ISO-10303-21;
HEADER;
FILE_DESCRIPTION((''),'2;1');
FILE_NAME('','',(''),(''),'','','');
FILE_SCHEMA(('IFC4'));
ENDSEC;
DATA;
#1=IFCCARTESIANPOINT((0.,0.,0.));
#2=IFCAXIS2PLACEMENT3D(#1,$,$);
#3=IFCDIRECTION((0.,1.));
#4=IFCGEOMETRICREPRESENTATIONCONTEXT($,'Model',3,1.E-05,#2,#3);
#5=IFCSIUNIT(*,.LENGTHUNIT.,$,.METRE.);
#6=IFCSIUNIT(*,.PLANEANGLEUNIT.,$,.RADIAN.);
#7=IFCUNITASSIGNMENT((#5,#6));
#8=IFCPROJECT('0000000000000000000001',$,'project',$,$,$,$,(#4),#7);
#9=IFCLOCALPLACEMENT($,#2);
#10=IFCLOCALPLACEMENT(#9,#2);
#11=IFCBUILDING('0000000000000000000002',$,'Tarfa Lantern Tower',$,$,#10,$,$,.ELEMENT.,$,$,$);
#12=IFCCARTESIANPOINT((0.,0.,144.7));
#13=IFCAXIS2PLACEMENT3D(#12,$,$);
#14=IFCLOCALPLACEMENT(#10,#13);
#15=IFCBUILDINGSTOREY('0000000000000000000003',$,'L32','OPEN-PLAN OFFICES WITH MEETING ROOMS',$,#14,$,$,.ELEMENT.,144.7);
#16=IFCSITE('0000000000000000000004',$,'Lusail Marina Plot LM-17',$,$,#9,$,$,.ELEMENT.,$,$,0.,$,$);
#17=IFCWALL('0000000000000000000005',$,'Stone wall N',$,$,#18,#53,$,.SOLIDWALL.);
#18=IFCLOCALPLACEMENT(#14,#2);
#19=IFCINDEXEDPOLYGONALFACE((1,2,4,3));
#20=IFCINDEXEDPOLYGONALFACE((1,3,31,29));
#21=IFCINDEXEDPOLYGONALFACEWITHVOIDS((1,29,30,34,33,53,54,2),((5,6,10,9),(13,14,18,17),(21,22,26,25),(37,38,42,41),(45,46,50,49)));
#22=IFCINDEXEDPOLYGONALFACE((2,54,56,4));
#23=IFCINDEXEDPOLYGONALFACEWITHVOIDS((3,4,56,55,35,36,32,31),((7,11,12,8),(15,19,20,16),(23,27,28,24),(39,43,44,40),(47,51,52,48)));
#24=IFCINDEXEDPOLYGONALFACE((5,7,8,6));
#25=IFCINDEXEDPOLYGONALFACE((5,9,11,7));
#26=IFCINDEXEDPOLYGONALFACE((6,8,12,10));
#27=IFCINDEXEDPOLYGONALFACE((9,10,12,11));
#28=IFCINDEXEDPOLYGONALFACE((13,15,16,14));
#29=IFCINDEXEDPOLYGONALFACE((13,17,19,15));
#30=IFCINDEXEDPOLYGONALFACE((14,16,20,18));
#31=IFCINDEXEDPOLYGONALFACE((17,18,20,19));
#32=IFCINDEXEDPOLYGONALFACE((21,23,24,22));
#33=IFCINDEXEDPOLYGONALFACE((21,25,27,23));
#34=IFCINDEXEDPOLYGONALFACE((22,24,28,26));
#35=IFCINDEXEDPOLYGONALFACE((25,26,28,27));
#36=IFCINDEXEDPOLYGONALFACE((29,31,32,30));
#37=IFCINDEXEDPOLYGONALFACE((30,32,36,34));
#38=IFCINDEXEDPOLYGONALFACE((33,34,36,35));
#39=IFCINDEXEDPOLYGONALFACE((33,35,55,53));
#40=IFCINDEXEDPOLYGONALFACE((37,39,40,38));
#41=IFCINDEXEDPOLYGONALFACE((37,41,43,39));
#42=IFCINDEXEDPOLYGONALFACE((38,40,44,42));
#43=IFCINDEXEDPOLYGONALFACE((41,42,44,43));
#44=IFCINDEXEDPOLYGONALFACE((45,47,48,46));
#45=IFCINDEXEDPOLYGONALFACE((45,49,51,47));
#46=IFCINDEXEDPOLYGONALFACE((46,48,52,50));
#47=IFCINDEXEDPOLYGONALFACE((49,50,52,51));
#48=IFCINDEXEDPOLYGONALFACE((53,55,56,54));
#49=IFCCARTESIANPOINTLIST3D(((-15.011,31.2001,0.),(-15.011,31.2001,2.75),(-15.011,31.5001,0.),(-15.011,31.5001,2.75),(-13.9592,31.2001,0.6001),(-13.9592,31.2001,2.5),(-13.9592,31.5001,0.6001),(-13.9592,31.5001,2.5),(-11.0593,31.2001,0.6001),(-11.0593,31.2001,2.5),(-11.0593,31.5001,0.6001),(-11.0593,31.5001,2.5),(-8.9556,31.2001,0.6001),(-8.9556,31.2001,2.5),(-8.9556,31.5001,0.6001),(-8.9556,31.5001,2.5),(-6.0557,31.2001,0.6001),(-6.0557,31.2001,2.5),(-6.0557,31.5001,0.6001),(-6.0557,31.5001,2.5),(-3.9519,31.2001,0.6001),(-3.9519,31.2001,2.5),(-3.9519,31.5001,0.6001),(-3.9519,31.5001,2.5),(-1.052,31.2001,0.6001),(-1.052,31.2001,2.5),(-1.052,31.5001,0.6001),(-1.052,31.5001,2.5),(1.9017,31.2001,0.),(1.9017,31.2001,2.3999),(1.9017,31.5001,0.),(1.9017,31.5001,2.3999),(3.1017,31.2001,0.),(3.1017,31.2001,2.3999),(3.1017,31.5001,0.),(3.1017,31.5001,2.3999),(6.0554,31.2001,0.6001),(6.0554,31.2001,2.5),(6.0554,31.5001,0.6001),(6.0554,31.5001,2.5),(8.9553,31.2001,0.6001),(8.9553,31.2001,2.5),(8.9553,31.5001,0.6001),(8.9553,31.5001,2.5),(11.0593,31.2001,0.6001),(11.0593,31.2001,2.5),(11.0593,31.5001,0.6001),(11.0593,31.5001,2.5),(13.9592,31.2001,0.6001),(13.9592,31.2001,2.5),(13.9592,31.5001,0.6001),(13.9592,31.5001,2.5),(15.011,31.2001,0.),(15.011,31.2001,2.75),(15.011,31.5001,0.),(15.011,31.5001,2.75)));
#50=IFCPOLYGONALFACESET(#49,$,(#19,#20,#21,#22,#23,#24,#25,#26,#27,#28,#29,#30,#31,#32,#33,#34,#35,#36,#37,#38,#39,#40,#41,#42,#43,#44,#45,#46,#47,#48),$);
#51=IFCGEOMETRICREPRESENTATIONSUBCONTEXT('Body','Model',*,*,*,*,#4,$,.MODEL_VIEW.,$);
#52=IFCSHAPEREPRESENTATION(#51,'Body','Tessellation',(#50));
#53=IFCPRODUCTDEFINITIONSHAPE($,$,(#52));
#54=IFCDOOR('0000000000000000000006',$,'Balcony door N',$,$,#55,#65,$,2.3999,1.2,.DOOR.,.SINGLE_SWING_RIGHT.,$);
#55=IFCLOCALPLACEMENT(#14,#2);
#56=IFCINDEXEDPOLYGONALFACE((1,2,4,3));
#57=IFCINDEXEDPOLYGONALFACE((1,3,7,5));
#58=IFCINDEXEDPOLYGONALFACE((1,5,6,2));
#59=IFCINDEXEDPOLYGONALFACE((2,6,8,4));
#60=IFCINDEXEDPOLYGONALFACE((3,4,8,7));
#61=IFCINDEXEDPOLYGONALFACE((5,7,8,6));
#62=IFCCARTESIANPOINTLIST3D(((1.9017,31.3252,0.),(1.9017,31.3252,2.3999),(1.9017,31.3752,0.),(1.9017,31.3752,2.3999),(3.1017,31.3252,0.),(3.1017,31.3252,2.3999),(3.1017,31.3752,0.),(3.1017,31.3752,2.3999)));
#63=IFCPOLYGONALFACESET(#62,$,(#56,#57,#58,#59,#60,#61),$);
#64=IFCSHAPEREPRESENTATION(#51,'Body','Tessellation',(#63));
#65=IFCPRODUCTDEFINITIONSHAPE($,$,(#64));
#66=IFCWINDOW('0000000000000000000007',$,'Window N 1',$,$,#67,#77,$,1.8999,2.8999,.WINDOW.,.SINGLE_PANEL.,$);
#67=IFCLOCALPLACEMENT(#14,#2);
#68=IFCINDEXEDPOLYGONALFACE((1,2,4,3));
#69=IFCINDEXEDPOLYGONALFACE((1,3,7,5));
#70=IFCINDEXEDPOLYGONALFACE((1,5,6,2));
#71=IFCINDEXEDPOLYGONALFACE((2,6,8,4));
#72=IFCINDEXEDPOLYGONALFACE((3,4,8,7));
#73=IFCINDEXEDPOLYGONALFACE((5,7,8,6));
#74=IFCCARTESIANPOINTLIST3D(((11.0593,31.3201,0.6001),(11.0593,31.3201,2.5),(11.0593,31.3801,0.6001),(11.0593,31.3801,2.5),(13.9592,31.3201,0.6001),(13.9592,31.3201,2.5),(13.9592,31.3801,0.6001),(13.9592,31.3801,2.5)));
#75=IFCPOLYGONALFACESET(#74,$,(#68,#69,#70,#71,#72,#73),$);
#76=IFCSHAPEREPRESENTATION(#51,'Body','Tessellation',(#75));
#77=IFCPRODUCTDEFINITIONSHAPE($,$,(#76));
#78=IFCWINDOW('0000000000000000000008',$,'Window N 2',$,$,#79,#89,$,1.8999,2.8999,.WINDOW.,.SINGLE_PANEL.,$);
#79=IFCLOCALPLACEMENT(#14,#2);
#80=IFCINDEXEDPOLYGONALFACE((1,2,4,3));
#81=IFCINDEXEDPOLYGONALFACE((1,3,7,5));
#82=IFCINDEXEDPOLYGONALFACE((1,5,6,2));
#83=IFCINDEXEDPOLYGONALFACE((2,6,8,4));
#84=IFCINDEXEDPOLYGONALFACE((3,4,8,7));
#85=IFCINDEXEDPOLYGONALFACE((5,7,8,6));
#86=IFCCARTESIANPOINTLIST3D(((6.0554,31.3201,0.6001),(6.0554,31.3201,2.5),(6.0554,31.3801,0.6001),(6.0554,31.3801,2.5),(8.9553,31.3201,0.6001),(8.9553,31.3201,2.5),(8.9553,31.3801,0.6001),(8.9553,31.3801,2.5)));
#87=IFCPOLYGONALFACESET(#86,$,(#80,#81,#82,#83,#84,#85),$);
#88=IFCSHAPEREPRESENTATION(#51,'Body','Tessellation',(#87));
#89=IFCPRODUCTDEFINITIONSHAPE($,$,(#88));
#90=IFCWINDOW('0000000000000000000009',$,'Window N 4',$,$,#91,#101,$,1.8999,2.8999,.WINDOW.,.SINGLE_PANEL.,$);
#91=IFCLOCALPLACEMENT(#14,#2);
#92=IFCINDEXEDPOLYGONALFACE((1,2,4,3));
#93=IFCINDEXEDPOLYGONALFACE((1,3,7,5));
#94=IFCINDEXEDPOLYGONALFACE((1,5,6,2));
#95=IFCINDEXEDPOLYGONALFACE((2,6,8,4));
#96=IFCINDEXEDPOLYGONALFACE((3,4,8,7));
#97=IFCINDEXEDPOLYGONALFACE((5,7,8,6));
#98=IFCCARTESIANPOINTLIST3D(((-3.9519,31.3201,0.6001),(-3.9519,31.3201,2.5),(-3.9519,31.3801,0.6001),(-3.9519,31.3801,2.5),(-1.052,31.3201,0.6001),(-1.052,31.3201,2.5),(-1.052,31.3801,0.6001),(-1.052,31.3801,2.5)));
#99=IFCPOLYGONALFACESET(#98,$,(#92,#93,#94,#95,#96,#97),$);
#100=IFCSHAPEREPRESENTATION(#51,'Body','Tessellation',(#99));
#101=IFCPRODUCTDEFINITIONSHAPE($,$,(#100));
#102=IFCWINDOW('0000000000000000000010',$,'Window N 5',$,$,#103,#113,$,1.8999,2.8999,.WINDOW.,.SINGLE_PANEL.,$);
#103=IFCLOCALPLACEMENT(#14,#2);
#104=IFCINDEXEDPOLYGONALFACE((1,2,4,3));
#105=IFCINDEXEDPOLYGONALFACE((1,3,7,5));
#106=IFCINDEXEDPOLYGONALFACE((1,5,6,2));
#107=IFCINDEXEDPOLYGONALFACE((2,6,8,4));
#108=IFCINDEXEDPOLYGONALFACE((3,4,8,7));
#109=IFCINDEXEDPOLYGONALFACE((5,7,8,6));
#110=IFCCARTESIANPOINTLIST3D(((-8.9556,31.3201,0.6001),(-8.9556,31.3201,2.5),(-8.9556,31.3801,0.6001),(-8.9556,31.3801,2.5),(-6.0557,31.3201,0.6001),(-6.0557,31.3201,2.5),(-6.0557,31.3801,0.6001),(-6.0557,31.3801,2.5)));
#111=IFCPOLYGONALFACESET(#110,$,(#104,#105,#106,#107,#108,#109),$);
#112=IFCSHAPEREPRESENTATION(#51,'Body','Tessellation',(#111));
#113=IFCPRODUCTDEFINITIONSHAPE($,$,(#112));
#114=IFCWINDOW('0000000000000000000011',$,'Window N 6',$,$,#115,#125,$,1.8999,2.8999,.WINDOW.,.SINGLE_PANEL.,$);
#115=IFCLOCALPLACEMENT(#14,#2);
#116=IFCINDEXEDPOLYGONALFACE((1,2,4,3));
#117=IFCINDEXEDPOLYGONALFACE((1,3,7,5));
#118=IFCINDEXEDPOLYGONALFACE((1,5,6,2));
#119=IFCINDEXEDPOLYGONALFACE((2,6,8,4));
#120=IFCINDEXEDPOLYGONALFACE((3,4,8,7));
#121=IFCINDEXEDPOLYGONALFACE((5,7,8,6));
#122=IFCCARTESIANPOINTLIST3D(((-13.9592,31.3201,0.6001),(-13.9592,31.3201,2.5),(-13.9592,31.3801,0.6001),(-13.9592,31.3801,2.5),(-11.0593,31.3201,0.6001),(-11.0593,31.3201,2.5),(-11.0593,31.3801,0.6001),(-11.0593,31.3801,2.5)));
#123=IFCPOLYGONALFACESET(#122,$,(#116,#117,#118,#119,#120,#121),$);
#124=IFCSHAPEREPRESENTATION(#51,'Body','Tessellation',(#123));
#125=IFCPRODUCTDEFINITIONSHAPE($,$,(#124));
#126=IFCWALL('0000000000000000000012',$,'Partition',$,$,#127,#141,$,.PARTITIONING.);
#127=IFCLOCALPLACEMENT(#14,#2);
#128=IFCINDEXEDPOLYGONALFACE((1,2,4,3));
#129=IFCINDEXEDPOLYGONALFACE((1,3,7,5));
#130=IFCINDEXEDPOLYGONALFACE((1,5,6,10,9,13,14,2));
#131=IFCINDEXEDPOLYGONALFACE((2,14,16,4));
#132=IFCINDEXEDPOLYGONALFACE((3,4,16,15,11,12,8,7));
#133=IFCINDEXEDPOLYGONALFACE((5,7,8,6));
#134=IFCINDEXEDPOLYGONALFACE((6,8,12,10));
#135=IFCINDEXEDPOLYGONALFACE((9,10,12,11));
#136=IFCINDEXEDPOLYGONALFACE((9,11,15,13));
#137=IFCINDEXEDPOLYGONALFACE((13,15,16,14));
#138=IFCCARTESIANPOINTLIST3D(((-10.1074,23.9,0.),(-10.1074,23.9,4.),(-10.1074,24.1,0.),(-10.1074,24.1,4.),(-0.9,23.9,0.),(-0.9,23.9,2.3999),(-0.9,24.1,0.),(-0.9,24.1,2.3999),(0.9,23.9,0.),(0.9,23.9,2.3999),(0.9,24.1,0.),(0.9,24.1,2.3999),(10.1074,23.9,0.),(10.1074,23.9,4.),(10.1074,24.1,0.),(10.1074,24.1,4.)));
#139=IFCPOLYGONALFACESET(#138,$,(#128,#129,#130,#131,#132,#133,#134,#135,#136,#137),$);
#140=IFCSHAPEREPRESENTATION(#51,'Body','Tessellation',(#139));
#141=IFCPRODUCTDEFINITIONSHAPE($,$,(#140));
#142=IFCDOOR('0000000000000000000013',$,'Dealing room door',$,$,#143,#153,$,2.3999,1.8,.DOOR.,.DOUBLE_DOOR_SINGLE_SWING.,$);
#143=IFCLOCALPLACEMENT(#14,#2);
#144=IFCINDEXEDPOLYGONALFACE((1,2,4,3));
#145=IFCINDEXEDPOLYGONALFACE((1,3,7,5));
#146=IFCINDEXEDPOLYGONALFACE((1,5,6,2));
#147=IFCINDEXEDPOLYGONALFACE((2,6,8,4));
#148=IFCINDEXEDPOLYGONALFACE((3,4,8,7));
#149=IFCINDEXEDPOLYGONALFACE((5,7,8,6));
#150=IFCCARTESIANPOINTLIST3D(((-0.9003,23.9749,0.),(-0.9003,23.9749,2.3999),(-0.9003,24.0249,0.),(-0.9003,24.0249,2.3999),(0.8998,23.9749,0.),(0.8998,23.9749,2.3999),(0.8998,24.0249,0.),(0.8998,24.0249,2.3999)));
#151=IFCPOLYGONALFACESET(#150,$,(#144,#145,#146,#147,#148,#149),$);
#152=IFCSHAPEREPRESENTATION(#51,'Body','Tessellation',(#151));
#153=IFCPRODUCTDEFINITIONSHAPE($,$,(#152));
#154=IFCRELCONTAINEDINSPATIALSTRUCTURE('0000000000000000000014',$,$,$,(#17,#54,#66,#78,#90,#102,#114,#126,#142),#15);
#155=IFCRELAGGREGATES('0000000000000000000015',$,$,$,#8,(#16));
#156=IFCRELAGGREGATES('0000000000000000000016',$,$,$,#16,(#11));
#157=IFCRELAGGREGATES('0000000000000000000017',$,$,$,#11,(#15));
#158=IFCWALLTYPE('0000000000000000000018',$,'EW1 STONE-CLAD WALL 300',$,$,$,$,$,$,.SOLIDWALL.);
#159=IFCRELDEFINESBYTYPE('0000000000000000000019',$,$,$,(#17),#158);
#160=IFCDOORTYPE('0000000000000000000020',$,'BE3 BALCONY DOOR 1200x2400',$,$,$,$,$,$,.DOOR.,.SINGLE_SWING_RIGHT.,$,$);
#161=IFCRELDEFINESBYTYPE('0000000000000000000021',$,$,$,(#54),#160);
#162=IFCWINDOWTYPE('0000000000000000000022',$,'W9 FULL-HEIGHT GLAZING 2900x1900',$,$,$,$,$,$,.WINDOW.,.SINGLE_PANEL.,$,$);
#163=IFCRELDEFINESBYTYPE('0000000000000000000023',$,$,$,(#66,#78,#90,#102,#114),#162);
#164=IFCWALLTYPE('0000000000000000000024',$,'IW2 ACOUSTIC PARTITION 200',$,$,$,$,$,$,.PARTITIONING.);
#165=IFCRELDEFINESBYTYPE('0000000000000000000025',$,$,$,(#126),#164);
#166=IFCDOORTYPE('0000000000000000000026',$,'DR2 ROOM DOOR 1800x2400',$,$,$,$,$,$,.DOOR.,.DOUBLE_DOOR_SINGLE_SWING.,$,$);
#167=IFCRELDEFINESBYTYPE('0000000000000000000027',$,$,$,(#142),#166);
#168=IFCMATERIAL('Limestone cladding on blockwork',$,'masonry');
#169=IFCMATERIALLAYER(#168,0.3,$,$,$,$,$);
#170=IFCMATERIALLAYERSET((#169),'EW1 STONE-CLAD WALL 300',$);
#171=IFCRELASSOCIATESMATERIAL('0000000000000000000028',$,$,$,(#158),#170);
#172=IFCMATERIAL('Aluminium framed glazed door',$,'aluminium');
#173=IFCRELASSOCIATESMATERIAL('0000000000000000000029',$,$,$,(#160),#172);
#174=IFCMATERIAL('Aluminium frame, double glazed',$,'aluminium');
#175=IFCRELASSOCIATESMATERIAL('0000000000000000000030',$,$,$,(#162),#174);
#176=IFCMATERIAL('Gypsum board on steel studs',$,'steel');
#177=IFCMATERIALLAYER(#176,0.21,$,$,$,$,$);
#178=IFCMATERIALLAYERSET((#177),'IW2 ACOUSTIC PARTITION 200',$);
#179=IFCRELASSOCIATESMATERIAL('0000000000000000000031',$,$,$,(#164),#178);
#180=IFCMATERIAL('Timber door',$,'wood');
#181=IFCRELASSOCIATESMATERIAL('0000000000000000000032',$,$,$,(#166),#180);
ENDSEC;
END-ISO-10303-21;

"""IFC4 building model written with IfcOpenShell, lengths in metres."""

from ifc_helpers import new_model, si_unit, direction, frame, frame_2d, origin, place, context, subcontext, project, spatial, rectangle, extrude, material, layer, layer_set, type_object, element, fill, save


model = new_model("IFC4")

# Units and contexts
model_context = context("Model", 3, precision=1e-05, world=origin(), true_north=direction((0.0, 1.0)))
body_context = subcontext(model_context, "Body", "Model", "MODEL_VIEW")
ifc_project = project(units=[si_unit("LENGTHUNIT", "METRE"), si_unit("PLANEANGLEUNIT", "RADIAN")], contexts=[model_context])

# Site, building, storey
site_placement = place(None, origin())
site = spatial("IfcSite", under=ifc_project, at=site_placement, Name="Lusail Marina Plot LM-17", CompositionType="ELEMENT", RefElevation=0.0)
building_placement = place(site_placement, origin())
building = spatial("IfcBuilding", under=site, at=building_placement, Name="Tarfa Lantern Tower", CompositionType="ELEMENT")
storey_placement = place(building_placement, frame((0.0, 0.0, 144.7)))
storey = spatial("IfcBuildingStorey", under=building, at=storey_placement, Name="L32", Description="OPEN-PLAN OFFICES WITH MEETING ROOMS", CompositionType="ELEMENT", Elevation=144.7)

# Wall, openings, door, windows
ifc_material_1 = material(Name="Limestone cladding on blockwork", Category="masonry")
ifc_layer_1 = layer(ifc_material_1, 0.3)
ifc_layer_set_1 = layer_set([ifc_layer_1], Name="EW1 STONE-CLAD WALL 300")
wall_type_1 = type_object("IfcWallType", Name="EW1 STONE-CLAD WALL 300", PredefinedType="SOLIDWALL", material=ifc_layer_set_1)
wall_1_placement = place(storey_placement, frame((15.011, 31.3501, 0.0), z_axis=(0.0, 0.0, 1.0), x_axis=(-1.0, 0.0, 0.0)))
wall_1 = element("IfcWall", 1, at=wall_1_placement, inside=storey, type_object=wall_type_1, Name="Stone wall N", PredefinedType="SOLIDWALL", context=body_context, shape_type="SweptSolid", body=[
    extrude(rectangle(XDim=30.022, YDim=0.3, at=frame_2d((15.011, 0.0))), origin(), (0.0, 0.0, 1.0), 2.75),
])
opening_1_placement = place(wall_1_placement, frame((1.0518, 0.0, 0.6001)))
opening_1 = element("IfcOpeningElement", 2, at=opening_1_placement, cuts=wall_1, PredefinedType="OPENING", context=body_context, shape_type="SweptSolid", body=[
    extrude(rectangle(XDim=2.8999, YDim=1.8999, at=frame_2d((1.45, 0.95))), frame((0.0, 0.1599, 0.0), z_axis=(0.0, -1.0, 0.0), x_axis=(1.0, 0.0, 0.0)), (0.0, 0.0, 1.0), 0.3201),
])
opening_2_placement = place(wall_1_placement, frame((6.0557, 0.0, 0.6001)))
opening_2 = element("IfcOpeningElement", 3, at=opening_2_placement, cuts=wall_1, PredefinedType="OPENING", context=body_context, shape_type="SweptSolid", body=[
    extrude(rectangle(XDim=2.8999, YDim=1.8999, at=frame_2d((1.45, 0.95))), frame((0.0, 0.1599, 0.0), z_axis=(0.0, -1.0, 0.0), x_axis=(1.0, 0.0, 0.0)), (0.0, 0.0, 1.0), 0.3201),
])
opening_3_placement = place(wall_1_placement, frame((11.9092, 0.0, 0.0)))
opening_3 = element("IfcOpeningElement", 4, at=opening_3_placement, cuts=wall_1, PredefinedType="OPENING", context=body_context, shape_type="SweptSolid", body=[
    extrude(rectangle(XDim=1.2, YDim=2.3999, at=frame_2d((0.6001, 1.2))), frame((0.0, 0.1599, 0.0), z_axis=(0.0, -1.0, 0.0), x_axis=(1.0, 0.0, 0.0)), (0.0, 0.0, 1.0), 0.3201),
])
opening_4_placement = place(wall_1_placement, frame((16.063, 0.0, 0.6001)))
opening_4 = element("IfcOpeningElement", 5, at=opening_4_placement, cuts=wall_1, PredefinedType="OPENING", context=body_context, shape_type="SweptSolid", body=[
    extrude(rectangle(XDim=2.8999, YDim=1.8999, at=frame_2d((1.45, 0.95))), frame((0.0, 0.1599, 0.0), z_axis=(0.0, -1.0, 0.0), x_axis=(1.0, 0.0, 0.0)), (0.0, 0.0, 1.0), 0.3201),
])
opening_5_placement = place(wall_1_placement, frame((21.0667, 0.0, 0.6001)))
opening_5 = element("IfcOpeningElement", 6, at=opening_5_placement, cuts=wall_1, PredefinedType="OPENING", context=body_context, shape_type="SweptSolid", body=[
    extrude(rectangle(XDim=2.8999, YDim=1.8999, at=frame_2d((1.45, 0.95))), frame((0.0, 0.1599, 0.0), z_axis=(0.0, -1.0, 0.0), x_axis=(1.0, 0.0, 0.0)), (0.0, 0.0, 1.0), 0.3201),
])
opening_6_placement = place(wall_1_placement, frame((26.0703, 0.0, 0.6001)))
opening_6 = element("IfcOpeningElement", 7, at=opening_6_placement, cuts=wall_1, PredefinedType="OPENING", context=body_context, shape_type="SweptSolid", body=[
    extrude(rectangle(XDim=2.8999, YDim=1.8999, at=frame_2d((1.45, 0.95))), frame((0.0, 0.1599, 0.0), z_axis=(0.0, -1.0, 0.0), x_axis=(1.0, 0.0, 0.0)), (0.0, 0.0, 1.0), 0.3201),
])
ifc_material_2 = material(Name="Aluminium framed glazed door", Category="aluminium")
door_type_1 = type_object("IfcDoorType", Name="BE3 BALCONY DOOR 1200x2400", OperationType="SINGLE_SWING_RIGHT", PredefinedType="DOOR", material=ifc_material_2)
door_1_placement = place(opening_3_placement, origin())
door_1 = element("IfcDoor", 8, at=door_1_placement, inside=storey, type_object=door_type_1, Name="Balcony door N", OperationType="SINGLE_SWING_RIGHT", OverallHeight=2.3999, OverallWidth=1.2, PredefinedType="DOOR", context=body_context, shape_type="SweptSolid", body=[
    extrude(rectangle(XDim=1.2, YDim=2.3999, at=frame_2d((0.6001, 1.2))), frame((0.0, 0.0249, 0.0), z_axis=(0.0, -1.0, 0.0), x_axis=(1.0, 0.0, 0.0)), (0.0, 0.0, 1.0), 0.05),
])
fill(opening_3, door_1)
ifc_material_3 = material(Name="Aluminium frame, double glazed", Category="aluminium")
window_type = type_object("IfcWindowType", Name="W9 FULL-HEIGHT GLAZING 2900x1900", PartitioningType="SINGLE_PANEL", PredefinedType="WINDOW", material=ifc_material_3)
window_1_placement = place(opening_1_placement, origin())
window_1 = element("IfcWindow", 9, at=window_1_placement, inside=storey, type_object=window_type, Name="Window N 1", OverallHeight=1.8999, OverallWidth=2.8999, PartitioningType="SINGLE_PANEL", PredefinedType="WINDOW", context=body_context, shape_type="SweptSolid", body=[
    extrude(rectangle(XDim=2.8999, YDim=1.8999, at=frame_2d((1.45, 0.95))), frame((0.0, 0.03, 0.0), z_axis=(0.0, -1.0, 0.0), x_axis=(1.0, 0.0, 0.0)), (0.0, 0.0, 1.0), 0.0601),
])
fill(opening_1, window_1)
window_2_placement = place(opening_2_placement, origin())
window_2 = element("IfcWindow", 10, at=window_2_placement, inside=storey, type_object=window_type, Name="Window N 2", OverallHeight=1.8999, OverallWidth=2.8999, PartitioningType="SINGLE_PANEL", PredefinedType="WINDOW", context=body_context, shape_type="SweptSolid", body=[
    extrude(rectangle(XDim=2.8999, YDim=1.8999, at=frame_2d((1.45, 0.95))), frame((0.0, 0.03, 0.0), z_axis=(0.0, -1.0, 0.0), x_axis=(1.0, 0.0, 0.0)), (0.0, 0.0, 1.0), 0.0601),
])
fill(opening_2, window_2)
window_3_placement = place(opening_4_placement, origin())
window_3 = element("IfcWindow", 11, at=window_3_placement, inside=storey, type_object=window_type, Name="Window N 4", OverallHeight=1.8999, OverallWidth=2.8999, PartitioningType="SINGLE_PANEL", PredefinedType="WINDOW", context=body_context, shape_type="SweptSolid", body=[
    extrude(rectangle(XDim=2.8999, YDim=1.8999, at=frame_2d((1.45, 0.95))), frame((0.0, 0.03, 0.0), z_axis=(0.0, -1.0, 0.0), x_axis=(1.0, 0.0, 0.0)), (0.0, 0.0, 1.0), 0.0601),
])
fill(opening_4, window_3)
window_4_placement = place(opening_5_placement, origin())
window_4 = element("IfcWindow", 12, at=window_4_placement, inside=storey, type_object=window_type, Name="Window N 5", OverallHeight=1.8999, OverallWidth=2.8999, PartitioningType="SINGLE_PANEL", PredefinedType="WINDOW", context=body_context, shape_type="SweptSolid", body=[
    extrude(rectangle(XDim=2.8999, YDim=1.8999, at=frame_2d((1.45, 0.95))), frame((0.0, 0.03, 0.0), z_axis=(0.0, -1.0, 0.0), x_axis=(1.0, 0.0, 0.0)), (0.0, 0.0, 1.0), 0.0601),
])
fill(opening_5, window_4)
window_5_placement = place(opening_6_placement, origin())
window_5 = element("IfcWindow", 13, at=window_5_placement, inside=storey, type_object=window_type, Name="Window N 6", OverallHeight=1.8999, OverallWidth=2.8999, PartitioningType="SINGLE_PANEL", PredefinedType="WINDOW", context=body_context, shape_type="SweptSolid", body=[
    extrude(rectangle(XDim=2.8999, YDim=1.8999, at=frame_2d((1.45, 0.95))), frame((0.0, 0.03, 0.0), z_axis=(0.0, -1.0, 0.0), x_axis=(1.0, 0.0, 0.0)), (0.0, 0.0, 1.0), 0.0601),
])
fill(opening_6, window_5)

# Wall, opening, door
ifc_material_4 = material(Name="Gypsum board on steel studs", Category="steel")
ifc_layer_2 = layer(ifc_material_4, 0.21)
ifc_layer_set_2 = layer_set([ifc_layer_2], Name="IW2 ACOUSTIC PARTITION 200")
wall_type_2 = type_object("IfcWallType", Name="IW2 ACOUSTIC PARTITION 200", PredefinedType="PARTITIONING", material=ifc_layer_set_2)
wall_2_placement = place(storey_placement, frame((10.1074, 24.0, 0.0), z_axis=(0.0, 0.0, 1.0), x_axis=(-1.0, 0.0, 0.0)))
wall_2 = element("IfcWall", 14, at=wall_2_placement, inside=storey, type_object=wall_type_2, Name="Partition", PredefinedType="PARTITIONING", context=body_context, shape_type="SweptSolid", body=[
    extrude(rectangle(XDim=20.2148, YDim=0.2, at=frame_2d((10.1074, 0.0))), origin(), (0.0, 0.0, 1.0), 4.0),
])
opening_7_placement = place(wall_2_placement, frame((9.2075, 0.0, 0.0)))
opening_7 = element("IfcOpeningElement", 15, at=opening_7_placement, cuts=wall_2, PredefinedType="OPENING", context=body_context, shape_type="SweptSolid", body=[
    extrude(rectangle(XDim=1.8, YDim=2.3999, at=frame_2d((0.8999, 1.2))), frame((0.0, 0.1099, 0.0), z_axis=(0.0, -1.0, 0.0), x_axis=(1.0, 0.0, 0.0)), (0.0, 0.0, 1.0), 0.22),
])
ifc_material_5 = material(Name="Timber door", Category="wood")
door_type_2 = type_object("IfcDoorType", Name="DR2 ROOM DOOR 1800x2400", OperationType="DOUBLE_DOOR_SINGLE_SWING", PredefinedType="DOOR", material=ifc_material_5)
door_2_placement = place(opening_7_placement, frame((1.8, 0.0, 0.0), z_axis=(0.0, 0.0, 1.0), x_axis=(-1.0, 0.0, 0.0)))
door_2 = element("IfcDoor", 16, at=door_2_placement, inside=storey, type_object=door_type_2, Name="Dealing room door", OperationType="DOUBLE_DOOR_SINGLE_SWING", OverallHeight=2.3999, OverallWidth=1.8, PredefinedType="DOOR", context=body_context, shape_type="SweptSolid", body=[
    extrude(rectangle(XDim=1.8, YDim=2.3999, at=frame_2d((0.8999, 1.2))), frame((0.0, 0.0249, 0.0), z_axis=(0.0, -1.0, 0.0), x_axis=(1.0, 0.0, 0.0)), (0.0, 0.0, 1.0), 0.05),
])
fill(opening_7, door_2)

save(model, "model.ifc")
